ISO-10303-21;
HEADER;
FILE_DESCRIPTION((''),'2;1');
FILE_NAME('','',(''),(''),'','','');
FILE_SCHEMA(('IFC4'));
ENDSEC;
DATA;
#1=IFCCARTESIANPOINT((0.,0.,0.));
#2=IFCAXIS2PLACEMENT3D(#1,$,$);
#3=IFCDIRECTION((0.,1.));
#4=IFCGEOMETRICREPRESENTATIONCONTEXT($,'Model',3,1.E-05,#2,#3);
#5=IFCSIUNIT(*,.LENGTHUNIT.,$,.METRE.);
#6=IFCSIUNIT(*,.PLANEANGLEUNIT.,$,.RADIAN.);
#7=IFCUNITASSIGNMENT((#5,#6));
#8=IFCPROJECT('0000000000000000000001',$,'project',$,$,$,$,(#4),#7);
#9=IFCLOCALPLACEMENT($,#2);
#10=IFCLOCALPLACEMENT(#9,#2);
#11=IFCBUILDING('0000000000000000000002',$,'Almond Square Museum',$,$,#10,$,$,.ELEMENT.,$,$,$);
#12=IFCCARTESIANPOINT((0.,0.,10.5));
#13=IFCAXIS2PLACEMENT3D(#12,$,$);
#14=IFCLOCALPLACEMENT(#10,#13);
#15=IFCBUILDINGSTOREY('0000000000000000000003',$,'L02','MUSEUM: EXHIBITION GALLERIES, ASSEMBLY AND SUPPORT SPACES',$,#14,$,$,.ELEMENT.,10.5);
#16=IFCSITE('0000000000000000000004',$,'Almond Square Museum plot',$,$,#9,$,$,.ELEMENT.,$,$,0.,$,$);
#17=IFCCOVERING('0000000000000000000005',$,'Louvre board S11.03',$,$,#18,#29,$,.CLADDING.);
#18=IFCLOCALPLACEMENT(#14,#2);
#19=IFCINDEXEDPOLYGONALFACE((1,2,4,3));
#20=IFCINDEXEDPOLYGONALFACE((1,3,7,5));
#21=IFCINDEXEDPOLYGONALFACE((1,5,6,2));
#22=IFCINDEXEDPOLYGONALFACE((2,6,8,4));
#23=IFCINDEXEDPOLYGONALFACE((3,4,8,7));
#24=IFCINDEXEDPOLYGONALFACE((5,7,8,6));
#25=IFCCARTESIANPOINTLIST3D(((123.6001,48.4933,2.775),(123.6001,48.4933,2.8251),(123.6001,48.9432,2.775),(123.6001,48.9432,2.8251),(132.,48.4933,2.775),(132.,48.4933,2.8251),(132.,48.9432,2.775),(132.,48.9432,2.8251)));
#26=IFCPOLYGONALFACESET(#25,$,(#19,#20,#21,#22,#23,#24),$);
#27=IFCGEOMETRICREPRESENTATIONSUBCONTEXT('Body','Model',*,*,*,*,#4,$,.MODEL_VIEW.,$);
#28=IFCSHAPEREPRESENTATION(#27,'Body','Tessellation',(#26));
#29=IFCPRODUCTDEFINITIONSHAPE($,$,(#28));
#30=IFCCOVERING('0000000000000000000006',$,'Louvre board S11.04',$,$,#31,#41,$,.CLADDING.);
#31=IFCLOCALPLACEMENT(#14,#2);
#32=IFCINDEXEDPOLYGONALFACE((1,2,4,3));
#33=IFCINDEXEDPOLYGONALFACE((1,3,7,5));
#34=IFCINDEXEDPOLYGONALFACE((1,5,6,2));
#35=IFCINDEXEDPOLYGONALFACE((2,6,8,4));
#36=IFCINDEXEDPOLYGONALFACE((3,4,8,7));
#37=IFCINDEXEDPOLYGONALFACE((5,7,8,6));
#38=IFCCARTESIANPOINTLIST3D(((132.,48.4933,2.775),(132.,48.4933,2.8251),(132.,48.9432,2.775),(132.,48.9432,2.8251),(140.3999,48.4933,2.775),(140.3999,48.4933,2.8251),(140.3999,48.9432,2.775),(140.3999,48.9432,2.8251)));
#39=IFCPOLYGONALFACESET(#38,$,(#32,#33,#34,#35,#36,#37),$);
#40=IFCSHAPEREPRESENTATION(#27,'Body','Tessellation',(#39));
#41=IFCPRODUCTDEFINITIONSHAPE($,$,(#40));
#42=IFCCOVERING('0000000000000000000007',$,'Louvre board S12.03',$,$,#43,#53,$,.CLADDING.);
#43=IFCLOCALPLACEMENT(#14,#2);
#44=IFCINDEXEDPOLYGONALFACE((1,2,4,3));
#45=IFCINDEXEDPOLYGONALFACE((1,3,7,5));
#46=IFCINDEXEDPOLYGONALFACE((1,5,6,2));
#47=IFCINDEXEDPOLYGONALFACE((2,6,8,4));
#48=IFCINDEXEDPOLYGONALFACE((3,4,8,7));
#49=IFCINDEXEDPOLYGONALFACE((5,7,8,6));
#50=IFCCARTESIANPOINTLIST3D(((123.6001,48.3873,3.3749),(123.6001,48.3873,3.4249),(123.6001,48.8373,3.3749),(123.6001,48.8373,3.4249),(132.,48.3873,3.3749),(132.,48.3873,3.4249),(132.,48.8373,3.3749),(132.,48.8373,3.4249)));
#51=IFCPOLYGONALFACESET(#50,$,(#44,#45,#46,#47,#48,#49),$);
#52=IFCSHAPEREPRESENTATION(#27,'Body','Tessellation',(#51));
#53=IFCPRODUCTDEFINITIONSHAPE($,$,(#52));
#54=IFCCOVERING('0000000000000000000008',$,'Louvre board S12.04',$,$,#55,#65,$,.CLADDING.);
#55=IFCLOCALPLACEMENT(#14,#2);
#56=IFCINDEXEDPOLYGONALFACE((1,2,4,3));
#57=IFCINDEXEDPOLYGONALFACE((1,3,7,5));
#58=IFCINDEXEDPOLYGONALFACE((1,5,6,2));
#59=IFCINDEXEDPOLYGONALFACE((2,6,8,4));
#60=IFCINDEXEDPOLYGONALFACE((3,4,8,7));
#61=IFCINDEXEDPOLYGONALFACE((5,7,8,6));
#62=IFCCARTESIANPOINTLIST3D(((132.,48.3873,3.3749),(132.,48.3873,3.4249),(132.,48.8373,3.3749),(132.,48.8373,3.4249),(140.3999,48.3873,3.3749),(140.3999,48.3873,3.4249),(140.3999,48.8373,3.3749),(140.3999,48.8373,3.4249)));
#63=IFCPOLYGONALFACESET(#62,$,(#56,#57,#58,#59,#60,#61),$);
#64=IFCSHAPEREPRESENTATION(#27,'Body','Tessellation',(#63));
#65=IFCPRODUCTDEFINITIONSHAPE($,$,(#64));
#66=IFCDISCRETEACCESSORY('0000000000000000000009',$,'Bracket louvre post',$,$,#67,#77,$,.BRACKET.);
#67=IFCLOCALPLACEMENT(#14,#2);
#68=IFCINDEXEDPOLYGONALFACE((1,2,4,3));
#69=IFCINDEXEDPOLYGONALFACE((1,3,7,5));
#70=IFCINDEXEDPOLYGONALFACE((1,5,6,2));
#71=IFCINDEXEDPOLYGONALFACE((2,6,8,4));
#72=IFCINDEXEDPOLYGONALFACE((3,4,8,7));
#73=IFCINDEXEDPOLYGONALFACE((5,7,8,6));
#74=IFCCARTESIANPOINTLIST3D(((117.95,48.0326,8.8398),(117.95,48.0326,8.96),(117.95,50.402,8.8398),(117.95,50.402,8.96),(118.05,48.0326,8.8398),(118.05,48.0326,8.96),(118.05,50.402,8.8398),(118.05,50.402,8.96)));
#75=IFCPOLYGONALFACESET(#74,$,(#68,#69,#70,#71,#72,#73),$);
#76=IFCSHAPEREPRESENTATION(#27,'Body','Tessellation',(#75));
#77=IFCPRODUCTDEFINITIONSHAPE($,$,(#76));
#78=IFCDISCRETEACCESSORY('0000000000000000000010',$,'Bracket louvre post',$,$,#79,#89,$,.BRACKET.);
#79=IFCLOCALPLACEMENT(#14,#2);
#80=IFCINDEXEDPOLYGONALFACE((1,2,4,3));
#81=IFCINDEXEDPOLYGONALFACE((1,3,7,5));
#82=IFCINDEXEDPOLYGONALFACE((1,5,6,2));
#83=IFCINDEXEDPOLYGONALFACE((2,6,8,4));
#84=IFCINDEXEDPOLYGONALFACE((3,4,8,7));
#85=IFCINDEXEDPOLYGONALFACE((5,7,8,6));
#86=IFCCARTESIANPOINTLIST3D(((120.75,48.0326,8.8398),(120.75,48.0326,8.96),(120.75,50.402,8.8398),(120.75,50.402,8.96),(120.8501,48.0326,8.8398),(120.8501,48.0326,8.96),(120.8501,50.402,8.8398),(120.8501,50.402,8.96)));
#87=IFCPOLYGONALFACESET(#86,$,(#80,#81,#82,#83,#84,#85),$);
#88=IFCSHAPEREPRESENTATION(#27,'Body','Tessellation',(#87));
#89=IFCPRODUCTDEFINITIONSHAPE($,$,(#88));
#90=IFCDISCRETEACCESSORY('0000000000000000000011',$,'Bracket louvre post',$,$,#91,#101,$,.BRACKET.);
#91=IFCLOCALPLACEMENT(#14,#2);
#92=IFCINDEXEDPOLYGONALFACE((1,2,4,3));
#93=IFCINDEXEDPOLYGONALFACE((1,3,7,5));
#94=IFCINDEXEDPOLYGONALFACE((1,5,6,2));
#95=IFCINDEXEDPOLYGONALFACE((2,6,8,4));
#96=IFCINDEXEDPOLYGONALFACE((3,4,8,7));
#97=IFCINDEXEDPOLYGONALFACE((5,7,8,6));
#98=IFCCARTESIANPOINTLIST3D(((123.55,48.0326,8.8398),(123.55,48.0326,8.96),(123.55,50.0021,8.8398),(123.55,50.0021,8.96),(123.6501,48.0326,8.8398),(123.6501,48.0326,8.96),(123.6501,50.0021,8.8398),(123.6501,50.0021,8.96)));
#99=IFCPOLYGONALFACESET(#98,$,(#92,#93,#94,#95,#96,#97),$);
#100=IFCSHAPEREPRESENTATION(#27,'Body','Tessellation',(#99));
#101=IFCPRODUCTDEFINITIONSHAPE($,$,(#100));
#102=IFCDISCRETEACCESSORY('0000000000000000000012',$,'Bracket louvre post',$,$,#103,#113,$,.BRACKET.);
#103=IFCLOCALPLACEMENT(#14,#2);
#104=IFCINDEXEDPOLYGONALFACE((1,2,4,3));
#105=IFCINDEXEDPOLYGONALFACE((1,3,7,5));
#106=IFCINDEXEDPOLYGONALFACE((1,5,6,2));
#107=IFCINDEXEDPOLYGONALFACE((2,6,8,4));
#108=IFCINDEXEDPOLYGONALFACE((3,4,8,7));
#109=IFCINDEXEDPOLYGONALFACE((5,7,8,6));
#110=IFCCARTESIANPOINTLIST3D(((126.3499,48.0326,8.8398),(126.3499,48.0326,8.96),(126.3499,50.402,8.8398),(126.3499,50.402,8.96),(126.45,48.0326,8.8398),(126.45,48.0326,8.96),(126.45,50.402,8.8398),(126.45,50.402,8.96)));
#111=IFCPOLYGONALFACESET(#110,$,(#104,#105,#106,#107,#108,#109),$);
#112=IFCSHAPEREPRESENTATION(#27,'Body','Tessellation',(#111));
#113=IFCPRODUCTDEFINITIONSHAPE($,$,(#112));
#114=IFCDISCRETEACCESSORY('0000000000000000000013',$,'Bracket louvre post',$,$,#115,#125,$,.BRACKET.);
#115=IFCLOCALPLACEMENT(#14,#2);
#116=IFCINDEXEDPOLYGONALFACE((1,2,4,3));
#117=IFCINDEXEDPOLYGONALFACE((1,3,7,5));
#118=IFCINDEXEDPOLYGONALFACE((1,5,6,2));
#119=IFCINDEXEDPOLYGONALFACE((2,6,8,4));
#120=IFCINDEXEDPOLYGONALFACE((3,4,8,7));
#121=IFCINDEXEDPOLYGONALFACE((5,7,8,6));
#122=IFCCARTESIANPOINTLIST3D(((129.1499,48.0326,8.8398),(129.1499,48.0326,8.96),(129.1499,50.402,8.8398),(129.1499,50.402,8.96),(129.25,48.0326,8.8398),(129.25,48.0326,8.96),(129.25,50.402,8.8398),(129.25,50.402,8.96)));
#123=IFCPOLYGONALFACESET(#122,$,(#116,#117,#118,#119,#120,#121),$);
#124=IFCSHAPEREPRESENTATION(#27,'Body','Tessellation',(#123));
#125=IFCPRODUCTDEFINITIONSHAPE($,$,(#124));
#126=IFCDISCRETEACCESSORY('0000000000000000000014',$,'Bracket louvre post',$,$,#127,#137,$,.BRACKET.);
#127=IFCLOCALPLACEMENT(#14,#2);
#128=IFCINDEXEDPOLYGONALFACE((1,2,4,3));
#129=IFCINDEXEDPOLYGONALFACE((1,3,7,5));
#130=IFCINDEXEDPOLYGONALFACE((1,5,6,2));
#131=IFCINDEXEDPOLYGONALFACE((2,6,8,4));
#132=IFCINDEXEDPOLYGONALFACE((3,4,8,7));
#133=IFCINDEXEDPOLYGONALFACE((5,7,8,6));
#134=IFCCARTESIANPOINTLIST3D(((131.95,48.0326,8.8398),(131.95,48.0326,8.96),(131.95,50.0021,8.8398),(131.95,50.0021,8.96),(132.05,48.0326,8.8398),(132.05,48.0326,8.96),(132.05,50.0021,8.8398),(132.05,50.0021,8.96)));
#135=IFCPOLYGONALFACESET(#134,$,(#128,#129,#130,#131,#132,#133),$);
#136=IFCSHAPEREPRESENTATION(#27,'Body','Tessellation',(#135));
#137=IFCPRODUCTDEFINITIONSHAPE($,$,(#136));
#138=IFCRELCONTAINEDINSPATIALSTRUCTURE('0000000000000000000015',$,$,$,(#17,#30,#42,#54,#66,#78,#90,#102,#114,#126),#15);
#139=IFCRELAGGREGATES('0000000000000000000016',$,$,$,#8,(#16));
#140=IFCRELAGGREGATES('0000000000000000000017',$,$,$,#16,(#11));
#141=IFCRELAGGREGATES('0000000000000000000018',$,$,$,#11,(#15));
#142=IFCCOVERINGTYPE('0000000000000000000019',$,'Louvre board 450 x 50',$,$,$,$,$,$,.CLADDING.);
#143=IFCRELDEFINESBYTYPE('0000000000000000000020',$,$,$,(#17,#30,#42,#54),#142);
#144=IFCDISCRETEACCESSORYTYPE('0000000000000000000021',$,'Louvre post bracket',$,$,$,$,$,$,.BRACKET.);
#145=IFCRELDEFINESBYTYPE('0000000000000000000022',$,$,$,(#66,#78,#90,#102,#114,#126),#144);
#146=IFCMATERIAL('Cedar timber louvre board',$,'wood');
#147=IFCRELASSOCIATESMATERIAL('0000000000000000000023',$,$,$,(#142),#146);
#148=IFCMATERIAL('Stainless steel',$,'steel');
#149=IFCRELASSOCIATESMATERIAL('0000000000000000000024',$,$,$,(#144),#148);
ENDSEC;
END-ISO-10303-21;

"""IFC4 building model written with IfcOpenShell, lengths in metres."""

from ifc_helpers import new_model, si_unit, direction, frame, origin, origin_2d, place, context, subcontext, project, spatial, rectangle, extrude, material, material_profile, profile_set, type_object, element, save


model = new_model("IFC4")

# Units and contexts
model_context = context("Model", 3, precision=1e-05, world=origin(), true_north=direction((0.0, 1.0)))
body_context = subcontext(model_context, "Body", "Model", "MODEL_VIEW")
ifc_project = project(units=[si_unit("LENGTHUNIT", "METRE"), si_unit("PLANEANGLEUNIT", "RADIAN")], contexts=[model_context])

# Site, building, storey
site_placement = place(None, origin())
site = spatial("IfcSite", under=ifc_project, at=site_placement, Name="Almond Square Museum plot", CompositionType="ELEMENT", RefElevation=0.0)
building_placement = place(site_placement, origin())
building = spatial("IfcBuilding", under=site, at=building_placement, Name="Almond Square Museum", CompositionType="ELEMENT")
storey_placement = place(building_placement, frame((0.0, 0.0, 10.5)))
storey = spatial("IfcBuildingStorey", under=building, at=storey_placement, Name="L02", Description="MUSEUM: EXHIBITION GALLERIES, ASSEMBLY AND SUPPORT SPACES", CompositionType="ELEMENT", Elevation=10.5)

# Coverings
ifc_material_1 = material(Name="Cedar timber louvre board", Category="wood")
ifc_material_profile_1 = material_profile(ifc_material_1, rectangle(XDim=0.45, YDim=0.05, at=origin_2d()))
ifc_profile_set_1 = profile_set([ifc_material_profile_1], Name="Cedar timber louvre board")
covering_type = type_object("IfcCoveringType", Name="Louvre board 450 x 50", PredefinedType="CLADDING", material=ifc_profile_set_1)
for number, where, z_axis, x_axis, name in (
    (1, (123.6001, 48.7183, 2.8), (1.0, 0.0, 0.0), (0.0, 1.0, 0.0), "Louvre board S11.03"),
    (2, (132.0, 48.7183, 2.8), (1.0, 0.0, 0.0), (0.0, 1.0, 0.0), "Louvre board S11.04"),
    (3, (123.6001, 48.6123, 3.3999), (1.0, 0.0, 0.0), (0.0, 1.0, 0.0), "Louvre board S12.03"),
    (4, (132.0, 48.6123, 3.3999), (1.0, 0.0, 0.0), (0.0, 1.0, 0.0), "Louvre board S12.04"),
):
    element("IfcCovering", number, at=place(storey_placement, frame(where, z_axis=z_axis, x_axis=x_axis)), inside=storey, type_object=covering_type, Name=name, PredefinedType="CLADDING", context=body_context, shape_type="SweptSolid", body=[
        extrude(rectangle(XDim=0.45, YDim=0.05, at=origin_2d()), origin(), (0.0, 0.0, 1.0), 8.3999),
    ])

# Discrete accessories
ifc_material_2 = material(Name="Stainless steel", Category="steel")
discrete_accessory_type = type_object("IfcDiscreteAccessoryType", Name="Louvre post bracket", PredefinedType="BRACKET", material=ifc_material_2)
for number, where, z_axis, x_axis, name in (
    (5, (118.0, 49.2173, 8.8398), (0.0, 0.0, 1.0), (1.0, 0.0, 0.0), "Bracket louvre post"),
    (6, (120.8, 49.2173, 8.8398), (0.0, 0.0, 1.0), (1.0, 0.0, 0.0), "Bracket louvre post"),
):
    element("IfcDiscreteAccessory", number, at=place(storey_placement, frame(where, z_axis=z_axis, x_axis=x_axis)), inside=storey, type_object=discrete_accessory_type, Name=name, PredefinedType="BRACKET", context=body_context, shape_type="SweptSolid", body=[
        extrude(rectangle(XDim=0.1001, YDim=2.3694, at=origin_2d()), origin(), (0.0, 0.0, 1.0), 0.1201),
    ])
discrete_accessory_1_placement = place(storey_placement, frame((123.6001, 49.0173, 8.8398), z_axis=(0.0, 0.0, 1.0), x_axis=(1.0, 0.0, 0.0)))
element("IfcDiscreteAccessory", 7, at=discrete_accessory_1_placement, inside=storey, type_object=discrete_accessory_type, Name="Bracket louvre post", PredefinedType="BRACKET", context=body_context, shape_type="SweptSolid", body=[
    extrude(rectangle(XDim=0.1001, YDim=1.9695, at=origin_2d()), origin(), (0.0, 0.0, 1.0), 0.1201),
])
for number, where, z_axis, x_axis, name in (
    (8, (126.3999, 49.2173, 8.8398), (0.0, 0.0, 1.0), (1.0, 0.0, 0.0), "Bracket louvre post"),
    (9, (129.2, 49.2173, 8.8398), (0.0, 0.0, 1.0), (1.0, 0.0, 0.0), "Bracket louvre post"),
):
    element("IfcDiscreteAccessory", number, at=place(storey_placement, frame(where, z_axis=z_axis, x_axis=x_axis)), inside=storey, type_object=discrete_accessory_type, Name=name, PredefinedType="BRACKET", context=body_context, shape_type="SweptSolid", body=[
        extrude(rectangle(XDim=0.1001, YDim=2.3694, at=origin_2d()), origin(), (0.0, 0.0, 1.0), 0.1201),
    ])
discrete_accessory_2_placement = place(storey_placement, frame((132.0, 49.0173, 8.8398), z_axis=(0.0, 0.0, 1.0), x_axis=(1.0, 0.0, 0.0)))
element("IfcDiscreteAccessory", 10, at=discrete_accessory_2_placement, inside=storey, type_object=discrete_accessory_type, Name="Bracket louvre post", PredefinedType="BRACKET", context=body_context, shape_type="SweptSolid", body=[
    extrude(rectangle(XDim=0.1001, YDim=1.9695, at=origin_2d()), origin(), (0.0, 0.0, 1.0), 0.1201),
])

save(model, "model.ifc")
